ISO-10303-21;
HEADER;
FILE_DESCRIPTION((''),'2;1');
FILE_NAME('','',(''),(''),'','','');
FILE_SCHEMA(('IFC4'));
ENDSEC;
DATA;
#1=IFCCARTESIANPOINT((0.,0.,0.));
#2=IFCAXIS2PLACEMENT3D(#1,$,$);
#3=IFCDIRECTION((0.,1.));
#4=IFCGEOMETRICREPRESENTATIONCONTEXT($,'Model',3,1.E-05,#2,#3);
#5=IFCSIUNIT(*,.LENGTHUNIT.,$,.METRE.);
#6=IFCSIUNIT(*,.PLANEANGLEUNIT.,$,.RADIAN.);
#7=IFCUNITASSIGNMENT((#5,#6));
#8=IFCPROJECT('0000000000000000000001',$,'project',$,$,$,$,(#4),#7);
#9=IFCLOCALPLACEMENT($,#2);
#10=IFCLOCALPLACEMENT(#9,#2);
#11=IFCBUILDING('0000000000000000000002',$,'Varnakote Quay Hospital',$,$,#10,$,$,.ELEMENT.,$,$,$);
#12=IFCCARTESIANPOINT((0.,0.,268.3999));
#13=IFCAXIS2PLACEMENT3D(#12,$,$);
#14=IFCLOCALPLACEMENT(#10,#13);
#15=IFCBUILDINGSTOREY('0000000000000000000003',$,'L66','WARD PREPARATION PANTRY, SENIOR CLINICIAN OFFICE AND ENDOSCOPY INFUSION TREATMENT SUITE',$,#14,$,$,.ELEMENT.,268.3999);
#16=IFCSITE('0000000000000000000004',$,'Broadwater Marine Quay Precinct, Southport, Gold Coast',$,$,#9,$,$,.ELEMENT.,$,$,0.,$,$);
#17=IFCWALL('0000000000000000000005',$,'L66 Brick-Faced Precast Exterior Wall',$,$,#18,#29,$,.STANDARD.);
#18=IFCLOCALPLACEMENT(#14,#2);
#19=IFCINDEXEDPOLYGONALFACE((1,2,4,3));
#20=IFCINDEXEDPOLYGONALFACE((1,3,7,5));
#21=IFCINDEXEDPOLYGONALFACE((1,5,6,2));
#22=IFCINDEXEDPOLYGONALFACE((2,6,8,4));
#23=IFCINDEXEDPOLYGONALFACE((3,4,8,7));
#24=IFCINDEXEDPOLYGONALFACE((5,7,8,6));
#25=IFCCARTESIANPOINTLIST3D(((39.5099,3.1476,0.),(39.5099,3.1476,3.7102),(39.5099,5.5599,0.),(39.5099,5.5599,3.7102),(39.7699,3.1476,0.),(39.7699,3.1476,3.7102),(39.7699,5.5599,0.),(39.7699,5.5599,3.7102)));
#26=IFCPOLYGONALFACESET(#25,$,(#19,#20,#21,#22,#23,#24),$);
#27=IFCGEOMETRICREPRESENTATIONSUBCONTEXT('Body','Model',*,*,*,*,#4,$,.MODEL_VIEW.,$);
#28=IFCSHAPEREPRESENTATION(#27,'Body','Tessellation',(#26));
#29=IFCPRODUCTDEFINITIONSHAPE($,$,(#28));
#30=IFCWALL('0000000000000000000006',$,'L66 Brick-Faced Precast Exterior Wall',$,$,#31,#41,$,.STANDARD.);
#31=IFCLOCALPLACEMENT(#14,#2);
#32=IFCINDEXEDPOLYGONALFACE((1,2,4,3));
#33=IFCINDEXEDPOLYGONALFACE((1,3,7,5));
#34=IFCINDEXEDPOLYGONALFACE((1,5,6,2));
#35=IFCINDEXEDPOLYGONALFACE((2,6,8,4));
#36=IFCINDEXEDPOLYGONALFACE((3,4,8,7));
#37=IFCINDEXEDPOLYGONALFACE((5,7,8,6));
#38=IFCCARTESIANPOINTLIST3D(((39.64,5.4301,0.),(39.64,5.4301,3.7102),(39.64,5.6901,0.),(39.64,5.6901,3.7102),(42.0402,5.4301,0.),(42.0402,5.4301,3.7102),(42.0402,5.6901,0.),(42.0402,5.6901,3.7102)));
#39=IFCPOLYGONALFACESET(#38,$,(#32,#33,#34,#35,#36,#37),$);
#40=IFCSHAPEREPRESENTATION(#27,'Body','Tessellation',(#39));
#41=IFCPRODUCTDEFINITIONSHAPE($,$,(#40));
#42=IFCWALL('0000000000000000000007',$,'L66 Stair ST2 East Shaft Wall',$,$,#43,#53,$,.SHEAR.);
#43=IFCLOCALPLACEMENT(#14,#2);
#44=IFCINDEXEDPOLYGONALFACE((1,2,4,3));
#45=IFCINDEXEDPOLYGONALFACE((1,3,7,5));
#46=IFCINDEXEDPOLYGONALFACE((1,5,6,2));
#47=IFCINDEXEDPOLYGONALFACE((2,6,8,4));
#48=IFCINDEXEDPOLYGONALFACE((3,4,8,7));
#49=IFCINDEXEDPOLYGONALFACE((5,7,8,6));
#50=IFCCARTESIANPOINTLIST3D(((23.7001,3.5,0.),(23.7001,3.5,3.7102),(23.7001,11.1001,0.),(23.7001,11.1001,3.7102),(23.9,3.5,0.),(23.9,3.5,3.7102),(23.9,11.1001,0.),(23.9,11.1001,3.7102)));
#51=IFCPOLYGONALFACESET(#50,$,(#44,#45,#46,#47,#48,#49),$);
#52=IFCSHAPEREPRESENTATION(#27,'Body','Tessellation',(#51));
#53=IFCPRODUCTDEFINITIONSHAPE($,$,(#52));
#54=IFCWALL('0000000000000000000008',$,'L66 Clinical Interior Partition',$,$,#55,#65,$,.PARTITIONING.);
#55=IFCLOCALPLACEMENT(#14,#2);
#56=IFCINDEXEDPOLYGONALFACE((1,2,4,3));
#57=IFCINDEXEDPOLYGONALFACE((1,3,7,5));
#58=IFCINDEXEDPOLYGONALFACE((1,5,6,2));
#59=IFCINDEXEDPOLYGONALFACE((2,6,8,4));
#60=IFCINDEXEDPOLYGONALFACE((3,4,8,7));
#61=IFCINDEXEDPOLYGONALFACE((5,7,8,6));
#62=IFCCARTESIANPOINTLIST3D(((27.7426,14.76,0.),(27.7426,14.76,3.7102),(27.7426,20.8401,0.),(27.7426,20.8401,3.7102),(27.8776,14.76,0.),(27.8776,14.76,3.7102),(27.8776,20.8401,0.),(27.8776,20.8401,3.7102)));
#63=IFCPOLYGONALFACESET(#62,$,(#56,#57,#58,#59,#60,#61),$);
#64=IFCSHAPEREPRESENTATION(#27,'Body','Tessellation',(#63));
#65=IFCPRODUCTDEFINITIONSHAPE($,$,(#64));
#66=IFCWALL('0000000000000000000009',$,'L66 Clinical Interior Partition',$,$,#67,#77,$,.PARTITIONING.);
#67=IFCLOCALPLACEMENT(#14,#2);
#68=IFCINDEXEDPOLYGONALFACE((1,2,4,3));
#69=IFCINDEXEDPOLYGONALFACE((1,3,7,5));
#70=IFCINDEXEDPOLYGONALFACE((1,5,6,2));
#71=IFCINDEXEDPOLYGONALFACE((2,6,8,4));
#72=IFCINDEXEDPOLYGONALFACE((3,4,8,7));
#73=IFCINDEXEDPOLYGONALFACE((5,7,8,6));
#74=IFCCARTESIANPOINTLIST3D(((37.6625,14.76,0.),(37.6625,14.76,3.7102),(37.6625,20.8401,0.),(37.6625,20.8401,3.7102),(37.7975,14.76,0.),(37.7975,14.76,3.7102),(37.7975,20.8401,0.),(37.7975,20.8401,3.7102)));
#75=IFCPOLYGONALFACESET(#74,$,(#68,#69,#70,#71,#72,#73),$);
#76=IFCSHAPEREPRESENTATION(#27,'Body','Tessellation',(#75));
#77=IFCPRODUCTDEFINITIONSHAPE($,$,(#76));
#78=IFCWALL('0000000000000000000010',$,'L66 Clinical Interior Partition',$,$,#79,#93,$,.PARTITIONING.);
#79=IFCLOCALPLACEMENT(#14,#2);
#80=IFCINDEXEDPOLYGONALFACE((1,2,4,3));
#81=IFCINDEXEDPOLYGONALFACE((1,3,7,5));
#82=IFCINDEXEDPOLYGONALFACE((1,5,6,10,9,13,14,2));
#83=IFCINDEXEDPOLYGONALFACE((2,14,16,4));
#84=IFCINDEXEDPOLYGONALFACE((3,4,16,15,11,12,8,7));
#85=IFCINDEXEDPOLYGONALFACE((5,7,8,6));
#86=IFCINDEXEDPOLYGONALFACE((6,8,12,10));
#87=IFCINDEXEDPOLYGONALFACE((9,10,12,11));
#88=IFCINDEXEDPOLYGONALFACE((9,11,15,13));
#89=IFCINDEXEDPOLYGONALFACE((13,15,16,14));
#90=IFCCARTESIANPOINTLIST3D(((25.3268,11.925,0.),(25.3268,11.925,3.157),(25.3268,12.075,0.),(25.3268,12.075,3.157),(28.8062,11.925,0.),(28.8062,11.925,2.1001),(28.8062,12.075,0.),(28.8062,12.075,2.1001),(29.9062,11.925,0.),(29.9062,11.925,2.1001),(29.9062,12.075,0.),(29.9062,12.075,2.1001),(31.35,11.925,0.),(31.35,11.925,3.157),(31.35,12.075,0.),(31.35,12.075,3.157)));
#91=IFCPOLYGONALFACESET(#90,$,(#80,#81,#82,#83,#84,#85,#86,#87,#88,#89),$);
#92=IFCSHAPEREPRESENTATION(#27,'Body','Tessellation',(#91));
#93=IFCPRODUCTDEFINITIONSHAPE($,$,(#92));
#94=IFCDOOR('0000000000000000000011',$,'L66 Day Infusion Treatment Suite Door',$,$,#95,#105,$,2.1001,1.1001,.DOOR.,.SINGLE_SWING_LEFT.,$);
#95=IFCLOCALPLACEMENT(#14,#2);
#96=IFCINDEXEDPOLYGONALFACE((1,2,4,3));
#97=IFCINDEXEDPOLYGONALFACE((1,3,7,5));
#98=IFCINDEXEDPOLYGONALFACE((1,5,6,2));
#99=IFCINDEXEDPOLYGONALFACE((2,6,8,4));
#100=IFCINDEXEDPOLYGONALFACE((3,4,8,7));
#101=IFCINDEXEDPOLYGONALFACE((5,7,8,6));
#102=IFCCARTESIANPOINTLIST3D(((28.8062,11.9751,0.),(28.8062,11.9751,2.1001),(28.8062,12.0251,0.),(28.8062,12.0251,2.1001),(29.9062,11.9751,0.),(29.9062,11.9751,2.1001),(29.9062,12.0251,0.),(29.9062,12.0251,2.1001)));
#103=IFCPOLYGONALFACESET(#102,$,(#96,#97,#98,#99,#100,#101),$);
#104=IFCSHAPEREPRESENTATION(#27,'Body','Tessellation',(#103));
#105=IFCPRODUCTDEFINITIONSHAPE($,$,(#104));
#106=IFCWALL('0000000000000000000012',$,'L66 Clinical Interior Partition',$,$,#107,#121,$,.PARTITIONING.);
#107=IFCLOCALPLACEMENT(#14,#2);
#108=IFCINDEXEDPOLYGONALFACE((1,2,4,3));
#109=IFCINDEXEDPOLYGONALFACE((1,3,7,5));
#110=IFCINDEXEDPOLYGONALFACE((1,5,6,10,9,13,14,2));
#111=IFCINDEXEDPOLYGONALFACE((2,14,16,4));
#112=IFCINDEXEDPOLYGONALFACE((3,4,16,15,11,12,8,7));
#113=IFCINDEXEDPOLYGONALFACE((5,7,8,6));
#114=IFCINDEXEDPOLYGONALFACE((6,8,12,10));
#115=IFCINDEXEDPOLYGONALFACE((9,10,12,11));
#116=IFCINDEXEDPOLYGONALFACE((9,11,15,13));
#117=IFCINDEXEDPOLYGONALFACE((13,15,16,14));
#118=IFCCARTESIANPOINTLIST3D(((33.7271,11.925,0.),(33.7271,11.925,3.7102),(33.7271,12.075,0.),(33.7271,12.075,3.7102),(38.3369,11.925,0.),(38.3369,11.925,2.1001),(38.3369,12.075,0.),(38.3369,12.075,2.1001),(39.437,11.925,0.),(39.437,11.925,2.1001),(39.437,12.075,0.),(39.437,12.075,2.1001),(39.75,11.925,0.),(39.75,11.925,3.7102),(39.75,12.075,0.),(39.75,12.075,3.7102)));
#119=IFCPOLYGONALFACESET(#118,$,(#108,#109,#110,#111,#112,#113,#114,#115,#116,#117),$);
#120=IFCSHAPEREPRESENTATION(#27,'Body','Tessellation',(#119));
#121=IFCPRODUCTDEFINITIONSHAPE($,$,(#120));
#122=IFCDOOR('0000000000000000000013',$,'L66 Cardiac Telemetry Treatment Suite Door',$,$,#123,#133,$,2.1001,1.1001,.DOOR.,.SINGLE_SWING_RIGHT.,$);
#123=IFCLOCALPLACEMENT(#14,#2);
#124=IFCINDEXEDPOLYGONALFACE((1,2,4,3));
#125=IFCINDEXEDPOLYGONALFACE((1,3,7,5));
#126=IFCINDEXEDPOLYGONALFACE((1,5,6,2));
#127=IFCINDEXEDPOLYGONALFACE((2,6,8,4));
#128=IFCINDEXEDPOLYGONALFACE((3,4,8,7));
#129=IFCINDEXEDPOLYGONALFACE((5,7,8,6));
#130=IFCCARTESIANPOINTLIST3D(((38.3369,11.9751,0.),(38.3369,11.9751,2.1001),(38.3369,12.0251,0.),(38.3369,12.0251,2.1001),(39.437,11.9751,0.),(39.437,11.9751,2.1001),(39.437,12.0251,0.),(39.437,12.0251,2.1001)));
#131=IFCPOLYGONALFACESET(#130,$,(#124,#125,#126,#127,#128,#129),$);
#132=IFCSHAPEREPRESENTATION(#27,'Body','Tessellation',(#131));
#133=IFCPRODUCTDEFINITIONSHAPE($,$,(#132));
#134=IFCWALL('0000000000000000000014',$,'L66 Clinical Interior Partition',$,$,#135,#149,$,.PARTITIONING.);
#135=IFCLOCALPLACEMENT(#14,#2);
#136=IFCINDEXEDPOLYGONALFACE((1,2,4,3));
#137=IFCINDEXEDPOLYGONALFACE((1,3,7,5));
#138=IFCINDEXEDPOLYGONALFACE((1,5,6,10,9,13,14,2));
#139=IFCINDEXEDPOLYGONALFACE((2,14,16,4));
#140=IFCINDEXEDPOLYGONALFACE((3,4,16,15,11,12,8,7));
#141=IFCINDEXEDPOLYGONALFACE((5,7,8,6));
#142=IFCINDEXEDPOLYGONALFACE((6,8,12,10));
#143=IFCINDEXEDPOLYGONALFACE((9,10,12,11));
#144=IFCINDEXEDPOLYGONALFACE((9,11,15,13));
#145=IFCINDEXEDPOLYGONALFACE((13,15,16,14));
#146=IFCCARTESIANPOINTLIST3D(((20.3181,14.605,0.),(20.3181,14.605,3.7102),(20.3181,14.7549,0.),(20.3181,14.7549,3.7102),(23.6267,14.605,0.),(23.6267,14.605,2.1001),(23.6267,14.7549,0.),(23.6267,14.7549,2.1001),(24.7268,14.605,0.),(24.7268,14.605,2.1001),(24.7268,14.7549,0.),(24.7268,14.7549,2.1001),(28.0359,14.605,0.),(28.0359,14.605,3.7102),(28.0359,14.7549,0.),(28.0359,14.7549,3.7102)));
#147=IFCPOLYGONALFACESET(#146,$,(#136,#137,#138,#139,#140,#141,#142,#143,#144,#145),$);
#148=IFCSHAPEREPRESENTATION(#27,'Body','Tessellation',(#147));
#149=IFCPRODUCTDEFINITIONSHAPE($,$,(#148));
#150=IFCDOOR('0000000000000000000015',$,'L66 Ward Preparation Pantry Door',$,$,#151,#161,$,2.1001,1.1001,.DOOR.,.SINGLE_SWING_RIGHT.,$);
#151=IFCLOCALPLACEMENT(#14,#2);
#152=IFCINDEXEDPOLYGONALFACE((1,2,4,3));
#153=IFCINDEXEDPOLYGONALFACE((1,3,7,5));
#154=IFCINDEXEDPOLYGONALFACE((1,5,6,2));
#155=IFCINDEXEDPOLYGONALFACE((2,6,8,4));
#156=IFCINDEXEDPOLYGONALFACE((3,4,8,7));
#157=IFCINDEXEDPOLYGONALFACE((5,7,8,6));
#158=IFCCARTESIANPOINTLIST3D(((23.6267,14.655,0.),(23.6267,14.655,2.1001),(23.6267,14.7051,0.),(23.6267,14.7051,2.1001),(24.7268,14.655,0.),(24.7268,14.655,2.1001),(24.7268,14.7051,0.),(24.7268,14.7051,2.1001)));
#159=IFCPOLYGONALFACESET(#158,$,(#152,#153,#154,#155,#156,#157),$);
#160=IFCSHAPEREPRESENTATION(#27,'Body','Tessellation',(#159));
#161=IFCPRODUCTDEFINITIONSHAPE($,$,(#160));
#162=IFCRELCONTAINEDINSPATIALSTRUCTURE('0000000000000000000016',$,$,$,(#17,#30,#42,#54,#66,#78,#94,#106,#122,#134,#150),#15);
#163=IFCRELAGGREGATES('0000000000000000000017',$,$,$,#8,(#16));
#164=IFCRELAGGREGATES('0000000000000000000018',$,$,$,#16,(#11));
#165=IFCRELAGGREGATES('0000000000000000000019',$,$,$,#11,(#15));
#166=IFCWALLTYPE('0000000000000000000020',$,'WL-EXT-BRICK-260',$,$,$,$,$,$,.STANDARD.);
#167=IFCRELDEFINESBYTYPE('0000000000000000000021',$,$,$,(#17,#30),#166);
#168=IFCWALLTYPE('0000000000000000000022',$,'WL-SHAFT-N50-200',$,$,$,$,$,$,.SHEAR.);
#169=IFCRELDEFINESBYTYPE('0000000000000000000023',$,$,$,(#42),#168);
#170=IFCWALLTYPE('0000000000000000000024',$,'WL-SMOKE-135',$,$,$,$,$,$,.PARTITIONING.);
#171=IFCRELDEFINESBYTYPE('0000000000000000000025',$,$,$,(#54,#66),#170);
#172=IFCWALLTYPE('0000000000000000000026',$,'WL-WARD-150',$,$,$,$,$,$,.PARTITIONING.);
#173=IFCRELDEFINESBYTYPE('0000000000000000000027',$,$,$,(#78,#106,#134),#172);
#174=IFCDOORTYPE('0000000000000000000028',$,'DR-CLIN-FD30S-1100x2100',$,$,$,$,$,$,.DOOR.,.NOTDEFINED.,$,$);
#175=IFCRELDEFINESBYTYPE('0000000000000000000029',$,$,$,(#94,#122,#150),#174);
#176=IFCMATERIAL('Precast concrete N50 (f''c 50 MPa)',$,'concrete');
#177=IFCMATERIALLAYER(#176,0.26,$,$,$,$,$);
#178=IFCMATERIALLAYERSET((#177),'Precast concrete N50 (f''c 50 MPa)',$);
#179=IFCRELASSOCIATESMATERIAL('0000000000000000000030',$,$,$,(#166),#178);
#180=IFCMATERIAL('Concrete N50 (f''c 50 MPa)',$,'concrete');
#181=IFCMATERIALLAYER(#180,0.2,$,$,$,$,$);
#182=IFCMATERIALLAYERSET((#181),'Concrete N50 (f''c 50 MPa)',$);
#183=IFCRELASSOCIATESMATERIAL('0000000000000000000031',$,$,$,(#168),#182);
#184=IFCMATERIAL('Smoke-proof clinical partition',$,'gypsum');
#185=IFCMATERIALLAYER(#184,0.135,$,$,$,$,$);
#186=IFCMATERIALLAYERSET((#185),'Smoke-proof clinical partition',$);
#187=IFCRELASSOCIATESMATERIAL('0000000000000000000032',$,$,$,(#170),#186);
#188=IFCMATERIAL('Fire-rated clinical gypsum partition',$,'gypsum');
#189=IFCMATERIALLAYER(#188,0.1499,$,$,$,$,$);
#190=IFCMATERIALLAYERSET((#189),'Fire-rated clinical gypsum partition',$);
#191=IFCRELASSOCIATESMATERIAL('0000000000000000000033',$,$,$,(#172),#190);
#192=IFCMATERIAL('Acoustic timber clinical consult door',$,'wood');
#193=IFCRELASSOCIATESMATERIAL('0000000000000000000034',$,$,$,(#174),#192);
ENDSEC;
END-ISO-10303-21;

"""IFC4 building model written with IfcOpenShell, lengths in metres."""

from ifc_helpers import new_model, si_unit, direction, frame, frame_2d, origin, place, context, subcontext, project, spatial, rectangle, extrude, material, layer, layer_set, type_object, element, fill, save


model = new_model("IFC4")

# Units and contexts
model_context = context("Model", 3, precision=1e-05, world=origin(), true_north=direction((0.0, 1.0)))
body_context = subcontext(model_context, "Body", "Model", "MODEL_VIEW")
ifc_project = project(units=[si_unit("LENGTHUNIT", "METRE"), si_unit("PLANEANGLEUNIT", "RADIAN")], contexts=[model_context])

# Site, building, storey
site_placement = place(None, origin())
site = spatial("IfcSite", under=ifc_project, at=site_placement, Name="Broadwater Marine Quay Precinct, Southport, Gold Coast", CompositionType="ELEMENT", RefElevation=0.0)
building_placement = place(site_placement, origin())
building = spatial("IfcBuilding", under=site, at=building_placement, Name="Varnakote Quay Hospital", CompositionType="ELEMENT")
storey_placement = place(building_placement, frame((0.0, 0.0, 268.3999)))
storey = spatial("IfcBuildingStorey", under=building, at=storey_placement, Name="L66", Description="WARD PREPARATION PANTRY, SENIOR CLINICIAN OFFICE AND ENDOSCOPY INFUSION TREATMENT SUITE", CompositionType="ELEMENT", Elevation=268.3999)

# Walls
ifc_material_1 = material(Name="Precast concrete N50 (f'c 50 MPa)", Category="concrete")
ifc_layer_1 = layer(ifc_material_1, 0.26)
ifc_layer_set_1 = layer_set([ifc_layer_1], Name="Precast concrete N50 (f'c 50 MPa)")
wall_type_1 = type_object("IfcWallType", Name="WL-EXT-BRICK-260", PredefinedType="STANDARD", material=ifc_layer_set_1)
wall_1_placement = place(storey_placement, frame((39.6399, 3.1477, 0.0), z_axis=(0.0, 0.0, 1.0), x_axis=(0.0, 1.0, 0.0)))
element("IfcWall", 1, at=wall_1_placement, inside=storey, type_object=wall_type_1, Name="L66 Brick-Faced Precast Exterior Wall", PredefinedType="STANDARD", context=body_context, shape_type="SweptSolid", body=[
    extrude(rectangle(XDim=2.4124, YDim=0.26, at=frame_2d((1.2061, 0.0))), origin(), (0.0, 0.0, 1.0), 3.7102),
])
wall_2_placement = place(storey_placement, frame((39.6399, 5.5601, 0.0), z_axis=(0.0, 0.0, 1.0), x_axis=(1.0, 0.0, 0.0)))
element("IfcWall", 2, at=wall_2_placement, inside=storey, type_object=wall_type_1, Name="L66 Brick-Faced Precast Exterior Wall", PredefinedType="STANDARD", context=body_context, shape_type="SweptSolid", body=[
    extrude(rectangle(XDim=2.4001, YDim=0.26, at=frame_2d((1.2002, 0.0))), origin(), (0.0, 0.0, 1.0), 3.7102),
])
ifc_material_2 = material(Name="Concrete N50 (f'c 50 MPa)", Category="concrete")
ifc_layer_2 = layer(ifc_material_2, 0.2)
ifc_layer_set_2 = layer_set([ifc_layer_2], Name="Concrete N50 (f'c 50 MPa)")
wall_type_2 = type_object("IfcWallType", Name="WL-SHAFT-N50-200", PredefinedType="SHEAR", material=ifc_layer_set_2)
wall_3_placement = place(storey_placement, frame((23.8, 3.5, 0.0), z_axis=(0.0, 0.0, 1.0), x_axis=(0.0, 1.0, 0.0)))
element("IfcWall", 3, at=wall_3_placement, inside=storey, type_object=wall_type_2, Name="L66 Stair ST2 East Shaft Wall", PredefinedType="SHEAR", context=body_context, shape_type="SweptSolid", body=[
    extrude(rectangle(XDim=7.6001, YDim=0.2, at=frame_2d((3.8, 0.0))), origin(), (0.0, 0.0, 1.0), 3.7102),
])
ifc_material_3 = material(Name="Smoke-proof clinical partition", Category="gypsum")
ifc_layer_3 = layer(ifc_material_3, 0.135)
ifc_layer_set_3 = layer_set([ifc_layer_3], Name="Smoke-proof clinical partition")
wall_type_3 = type_object("IfcWallType", Name="WL-SMOKE-135", PredefinedType="PARTITIONING", material=ifc_layer_set_3)
for number, where, z_axis, x_axis, name in (
    (4, (27.8101, 14.76, 0.0), (0.0, 0.0, 1.0), (0.0, 1.0, 0.0), "L66 Clinical Interior Partition"),
    (5, (37.73, 14.76, 0.0), (0.0, 0.0, 1.0), (0.0, 1.0, 0.0), "L66 Clinical Interior Partition"),
):
    element("IfcWall", number, at=place(storey_placement, frame(where, z_axis=z_axis, x_axis=x_axis)), inside=storey, type_object=wall_type_3, Name=name, PredefinedType="PARTITIONING", context=body_context, shape_type="SweptSolid", body=[
        extrude(rectangle(XDim=6.0801, YDim=0.135, at=frame_2d((3.04, 0.0))), origin(), (0.0, 0.0, 1.0), 3.7102),
    ])

# Walls, openings, doors
ifc_material_4 = material(Name="Fire-rated clinical gypsum partition", Category="gypsum")
ifc_layer_4 = layer(ifc_material_4, 0.1499)
ifc_layer_set_4 = layer_set([ifc_layer_4], Name="Fire-rated clinical gypsum partition")
wall_type_4 = type_object("IfcWallType", Name="WL-WARD-150", PredefinedType="PARTITIONING", material=ifc_layer_set_4)
wall_4_placement = place(storey_placement, frame((31.3501, 12.0, 0.0), z_axis=(0.0, 0.0, 1.0), x_axis=(-1.0, 0.0, 0.0)))
wall_4 = element("IfcWall", 6, at=wall_4_placement, inside=storey, type_object=wall_type_4, Name="L66 Clinical Interior Partition", PredefinedType="PARTITIONING", context=body_context, shape_type="SweptSolid", body=[
    extrude(rectangle(XDim=6.0232, YDim=0.1499, at=frame_2d((3.0117, 0.0))), origin(), (0.0, 0.0, 1.0), 3.157),
])
opening_1_placement = place(wall_4_placement, frame((1.4438, 0.0, 0.0)))
opening_1 = element("IfcOpeningElement", 7, at=opening_1_placement, cuts=wall_4, PredefinedType="OPENING", context=body_context, shape_type="SweptSolid", body=[
    extrude(rectangle(XDim=1.1001, YDim=2.1001, at=frame_2d((0.55, 1.05))), frame((0.0, 0.085, 0.0), z_axis=(0.0, -1.0, 0.0), x_axis=(1.0, 0.0, 0.0)), (0.0, 0.0, 1.0), 0.1699),
])
ifc_material_5 = material(Name="Acoustic timber clinical consult door", Category="wood")
door_type = type_object("IfcDoorType", Name="DR-CLIN-FD30S-1100x2100", OperationType="NOTDEFINED", PredefinedType="DOOR", material=ifc_material_5)
door_1_placement = place(opening_1_placement, origin())
door_1 = element("IfcDoor", 8, at=door_1_placement, inside=storey, type_object=door_type, Name="L66 Day Infusion Treatment Suite Door", OperationType="SINGLE_SWING_LEFT", OverallHeight=2.1001, OverallWidth=1.1001, PredefinedType="DOOR", context=body_context, shape_type="SweptSolid", body=[
    extrude(rectangle(XDim=1.1001, YDim=2.1001, at=frame_2d((0.55, 1.05))), frame((0.0, 0.0249, 0.0), z_axis=(0.0, -1.0, 0.0), x_axis=(1.0, 0.0, 0.0)), (0.0, 0.0, 1.0), 0.05),
])
fill(opening_1, door_1)
wall_5_placement = place(storey_placement, frame((39.75, 12.0, 0.0), z_axis=(0.0, 0.0, 1.0), x_axis=(-1.0, 0.0, 0.0)))
wall_5 = element("IfcWall", 9, at=wall_5_placement, inside=storey, type_object=wall_type_4, Name="L66 Clinical Interior Partition", PredefinedType="PARTITIONING", context=body_context, shape_type="SweptSolid", body=[
    extrude(rectangle(XDim=6.0229, YDim=0.1499, at=frame_2d((3.0115, 0.0))), origin(), (0.0, 0.0, 1.0), 3.7102),
])
opening_2_placement = place(wall_5_placement, frame((0.313, 0.0, 0.0)))
opening_2 = element("IfcOpeningElement", 10, at=opening_2_placement, cuts=wall_5, PredefinedType="OPENING", context=body_context, shape_type="SweptSolid", body=[
    extrude(rectangle(XDim=1.1001, YDim=2.1001, at=frame_2d((0.55, 1.05))), frame((0.0, 0.085, 0.0), z_axis=(0.0, -1.0, 0.0), x_axis=(1.0, 0.0, 0.0)), (0.0, 0.0, 1.0), 0.1699),
])
door_2_placement = place(opening_2_placement, origin())
door_2 = element("IfcDoor", 11, at=door_2_placement, inside=storey, type_object=door_type, Name="L66 Cardiac Telemetry Treatment Suite Door", OperationType="SINGLE_SWING_RIGHT", OverallHeight=2.1001, OverallWidth=1.1001, PredefinedType="DOOR", context=body_context, shape_type="SweptSolid", body=[
    extrude(rectangle(XDim=1.1001, YDim=2.1001, at=frame_2d((0.55, 1.05))), frame((0.0, 0.0249, 0.0), z_axis=(0.0, -1.0, 0.0), x_axis=(1.0, 0.0, 0.0)), (0.0, 0.0, 1.0), 0.05),
])
fill(opening_2, door_2)
wall_6_placement = place(storey_placement, frame((28.0359, 14.6799, 0.0), z_axis=(0.0, 0.0, 1.0), x_axis=(-1.0, 0.0, 0.0)))
wall_6 = element("IfcWall", 12, at=wall_6_placement, inside=storey, type_object=wall_type_4, Name="L66 Clinical Interior Partition", PredefinedType="PARTITIONING", context=body_context, shape_type="SweptSolid", body=[
    extrude(rectangle(XDim=7.7178, YDim=0.1499, at=frame_2d((3.8589, 0.0))), origin(), (0.0, 0.0, 1.0), 3.7102),
])
opening_3_placement = place(wall_6_placement, frame((3.3091, 0.0, 0.0)))
opening_3 = element("IfcOpeningElement", 13, at=opening_3_placement, cuts=wall_6, PredefinedType="OPENING", context=body_context, shape_type="SweptSolid", body=[
    extrude(rectangle(XDim=1.1001, YDim=2.1001, at=frame_2d((0.55, 1.05))), frame((0.0, 0.085, 0.0), z_axis=(0.0, -1.0, 0.0), x_axis=(1.0, 0.0, 0.0)), (0.0, 0.0, 1.0), 0.1699),
])
door_3_placement = place(opening_3_placement, origin())
door_3 = element("IfcDoor", 14, at=door_3_placement, inside=storey, type_object=door_type, Name="L66 Ward Preparation Pantry Door", OperationType="SINGLE_SWING_RIGHT", OverallHeight=2.1001, OverallWidth=1.1001, PredefinedType="DOOR", context=body_context, shape_type="SweptSolid", body=[
    extrude(rectangle(XDim=1.1001, YDim=2.1001, at=frame_2d((0.55, 1.05))), frame((0.0, 0.0249, 0.0), z_axis=(0.0, -1.0, 0.0), x_axis=(1.0, 0.0, 0.0)), (0.0, 0.0, 1.0), 0.05),
])
fill(opening_3, door_3)

save(model, "model.ifc")
